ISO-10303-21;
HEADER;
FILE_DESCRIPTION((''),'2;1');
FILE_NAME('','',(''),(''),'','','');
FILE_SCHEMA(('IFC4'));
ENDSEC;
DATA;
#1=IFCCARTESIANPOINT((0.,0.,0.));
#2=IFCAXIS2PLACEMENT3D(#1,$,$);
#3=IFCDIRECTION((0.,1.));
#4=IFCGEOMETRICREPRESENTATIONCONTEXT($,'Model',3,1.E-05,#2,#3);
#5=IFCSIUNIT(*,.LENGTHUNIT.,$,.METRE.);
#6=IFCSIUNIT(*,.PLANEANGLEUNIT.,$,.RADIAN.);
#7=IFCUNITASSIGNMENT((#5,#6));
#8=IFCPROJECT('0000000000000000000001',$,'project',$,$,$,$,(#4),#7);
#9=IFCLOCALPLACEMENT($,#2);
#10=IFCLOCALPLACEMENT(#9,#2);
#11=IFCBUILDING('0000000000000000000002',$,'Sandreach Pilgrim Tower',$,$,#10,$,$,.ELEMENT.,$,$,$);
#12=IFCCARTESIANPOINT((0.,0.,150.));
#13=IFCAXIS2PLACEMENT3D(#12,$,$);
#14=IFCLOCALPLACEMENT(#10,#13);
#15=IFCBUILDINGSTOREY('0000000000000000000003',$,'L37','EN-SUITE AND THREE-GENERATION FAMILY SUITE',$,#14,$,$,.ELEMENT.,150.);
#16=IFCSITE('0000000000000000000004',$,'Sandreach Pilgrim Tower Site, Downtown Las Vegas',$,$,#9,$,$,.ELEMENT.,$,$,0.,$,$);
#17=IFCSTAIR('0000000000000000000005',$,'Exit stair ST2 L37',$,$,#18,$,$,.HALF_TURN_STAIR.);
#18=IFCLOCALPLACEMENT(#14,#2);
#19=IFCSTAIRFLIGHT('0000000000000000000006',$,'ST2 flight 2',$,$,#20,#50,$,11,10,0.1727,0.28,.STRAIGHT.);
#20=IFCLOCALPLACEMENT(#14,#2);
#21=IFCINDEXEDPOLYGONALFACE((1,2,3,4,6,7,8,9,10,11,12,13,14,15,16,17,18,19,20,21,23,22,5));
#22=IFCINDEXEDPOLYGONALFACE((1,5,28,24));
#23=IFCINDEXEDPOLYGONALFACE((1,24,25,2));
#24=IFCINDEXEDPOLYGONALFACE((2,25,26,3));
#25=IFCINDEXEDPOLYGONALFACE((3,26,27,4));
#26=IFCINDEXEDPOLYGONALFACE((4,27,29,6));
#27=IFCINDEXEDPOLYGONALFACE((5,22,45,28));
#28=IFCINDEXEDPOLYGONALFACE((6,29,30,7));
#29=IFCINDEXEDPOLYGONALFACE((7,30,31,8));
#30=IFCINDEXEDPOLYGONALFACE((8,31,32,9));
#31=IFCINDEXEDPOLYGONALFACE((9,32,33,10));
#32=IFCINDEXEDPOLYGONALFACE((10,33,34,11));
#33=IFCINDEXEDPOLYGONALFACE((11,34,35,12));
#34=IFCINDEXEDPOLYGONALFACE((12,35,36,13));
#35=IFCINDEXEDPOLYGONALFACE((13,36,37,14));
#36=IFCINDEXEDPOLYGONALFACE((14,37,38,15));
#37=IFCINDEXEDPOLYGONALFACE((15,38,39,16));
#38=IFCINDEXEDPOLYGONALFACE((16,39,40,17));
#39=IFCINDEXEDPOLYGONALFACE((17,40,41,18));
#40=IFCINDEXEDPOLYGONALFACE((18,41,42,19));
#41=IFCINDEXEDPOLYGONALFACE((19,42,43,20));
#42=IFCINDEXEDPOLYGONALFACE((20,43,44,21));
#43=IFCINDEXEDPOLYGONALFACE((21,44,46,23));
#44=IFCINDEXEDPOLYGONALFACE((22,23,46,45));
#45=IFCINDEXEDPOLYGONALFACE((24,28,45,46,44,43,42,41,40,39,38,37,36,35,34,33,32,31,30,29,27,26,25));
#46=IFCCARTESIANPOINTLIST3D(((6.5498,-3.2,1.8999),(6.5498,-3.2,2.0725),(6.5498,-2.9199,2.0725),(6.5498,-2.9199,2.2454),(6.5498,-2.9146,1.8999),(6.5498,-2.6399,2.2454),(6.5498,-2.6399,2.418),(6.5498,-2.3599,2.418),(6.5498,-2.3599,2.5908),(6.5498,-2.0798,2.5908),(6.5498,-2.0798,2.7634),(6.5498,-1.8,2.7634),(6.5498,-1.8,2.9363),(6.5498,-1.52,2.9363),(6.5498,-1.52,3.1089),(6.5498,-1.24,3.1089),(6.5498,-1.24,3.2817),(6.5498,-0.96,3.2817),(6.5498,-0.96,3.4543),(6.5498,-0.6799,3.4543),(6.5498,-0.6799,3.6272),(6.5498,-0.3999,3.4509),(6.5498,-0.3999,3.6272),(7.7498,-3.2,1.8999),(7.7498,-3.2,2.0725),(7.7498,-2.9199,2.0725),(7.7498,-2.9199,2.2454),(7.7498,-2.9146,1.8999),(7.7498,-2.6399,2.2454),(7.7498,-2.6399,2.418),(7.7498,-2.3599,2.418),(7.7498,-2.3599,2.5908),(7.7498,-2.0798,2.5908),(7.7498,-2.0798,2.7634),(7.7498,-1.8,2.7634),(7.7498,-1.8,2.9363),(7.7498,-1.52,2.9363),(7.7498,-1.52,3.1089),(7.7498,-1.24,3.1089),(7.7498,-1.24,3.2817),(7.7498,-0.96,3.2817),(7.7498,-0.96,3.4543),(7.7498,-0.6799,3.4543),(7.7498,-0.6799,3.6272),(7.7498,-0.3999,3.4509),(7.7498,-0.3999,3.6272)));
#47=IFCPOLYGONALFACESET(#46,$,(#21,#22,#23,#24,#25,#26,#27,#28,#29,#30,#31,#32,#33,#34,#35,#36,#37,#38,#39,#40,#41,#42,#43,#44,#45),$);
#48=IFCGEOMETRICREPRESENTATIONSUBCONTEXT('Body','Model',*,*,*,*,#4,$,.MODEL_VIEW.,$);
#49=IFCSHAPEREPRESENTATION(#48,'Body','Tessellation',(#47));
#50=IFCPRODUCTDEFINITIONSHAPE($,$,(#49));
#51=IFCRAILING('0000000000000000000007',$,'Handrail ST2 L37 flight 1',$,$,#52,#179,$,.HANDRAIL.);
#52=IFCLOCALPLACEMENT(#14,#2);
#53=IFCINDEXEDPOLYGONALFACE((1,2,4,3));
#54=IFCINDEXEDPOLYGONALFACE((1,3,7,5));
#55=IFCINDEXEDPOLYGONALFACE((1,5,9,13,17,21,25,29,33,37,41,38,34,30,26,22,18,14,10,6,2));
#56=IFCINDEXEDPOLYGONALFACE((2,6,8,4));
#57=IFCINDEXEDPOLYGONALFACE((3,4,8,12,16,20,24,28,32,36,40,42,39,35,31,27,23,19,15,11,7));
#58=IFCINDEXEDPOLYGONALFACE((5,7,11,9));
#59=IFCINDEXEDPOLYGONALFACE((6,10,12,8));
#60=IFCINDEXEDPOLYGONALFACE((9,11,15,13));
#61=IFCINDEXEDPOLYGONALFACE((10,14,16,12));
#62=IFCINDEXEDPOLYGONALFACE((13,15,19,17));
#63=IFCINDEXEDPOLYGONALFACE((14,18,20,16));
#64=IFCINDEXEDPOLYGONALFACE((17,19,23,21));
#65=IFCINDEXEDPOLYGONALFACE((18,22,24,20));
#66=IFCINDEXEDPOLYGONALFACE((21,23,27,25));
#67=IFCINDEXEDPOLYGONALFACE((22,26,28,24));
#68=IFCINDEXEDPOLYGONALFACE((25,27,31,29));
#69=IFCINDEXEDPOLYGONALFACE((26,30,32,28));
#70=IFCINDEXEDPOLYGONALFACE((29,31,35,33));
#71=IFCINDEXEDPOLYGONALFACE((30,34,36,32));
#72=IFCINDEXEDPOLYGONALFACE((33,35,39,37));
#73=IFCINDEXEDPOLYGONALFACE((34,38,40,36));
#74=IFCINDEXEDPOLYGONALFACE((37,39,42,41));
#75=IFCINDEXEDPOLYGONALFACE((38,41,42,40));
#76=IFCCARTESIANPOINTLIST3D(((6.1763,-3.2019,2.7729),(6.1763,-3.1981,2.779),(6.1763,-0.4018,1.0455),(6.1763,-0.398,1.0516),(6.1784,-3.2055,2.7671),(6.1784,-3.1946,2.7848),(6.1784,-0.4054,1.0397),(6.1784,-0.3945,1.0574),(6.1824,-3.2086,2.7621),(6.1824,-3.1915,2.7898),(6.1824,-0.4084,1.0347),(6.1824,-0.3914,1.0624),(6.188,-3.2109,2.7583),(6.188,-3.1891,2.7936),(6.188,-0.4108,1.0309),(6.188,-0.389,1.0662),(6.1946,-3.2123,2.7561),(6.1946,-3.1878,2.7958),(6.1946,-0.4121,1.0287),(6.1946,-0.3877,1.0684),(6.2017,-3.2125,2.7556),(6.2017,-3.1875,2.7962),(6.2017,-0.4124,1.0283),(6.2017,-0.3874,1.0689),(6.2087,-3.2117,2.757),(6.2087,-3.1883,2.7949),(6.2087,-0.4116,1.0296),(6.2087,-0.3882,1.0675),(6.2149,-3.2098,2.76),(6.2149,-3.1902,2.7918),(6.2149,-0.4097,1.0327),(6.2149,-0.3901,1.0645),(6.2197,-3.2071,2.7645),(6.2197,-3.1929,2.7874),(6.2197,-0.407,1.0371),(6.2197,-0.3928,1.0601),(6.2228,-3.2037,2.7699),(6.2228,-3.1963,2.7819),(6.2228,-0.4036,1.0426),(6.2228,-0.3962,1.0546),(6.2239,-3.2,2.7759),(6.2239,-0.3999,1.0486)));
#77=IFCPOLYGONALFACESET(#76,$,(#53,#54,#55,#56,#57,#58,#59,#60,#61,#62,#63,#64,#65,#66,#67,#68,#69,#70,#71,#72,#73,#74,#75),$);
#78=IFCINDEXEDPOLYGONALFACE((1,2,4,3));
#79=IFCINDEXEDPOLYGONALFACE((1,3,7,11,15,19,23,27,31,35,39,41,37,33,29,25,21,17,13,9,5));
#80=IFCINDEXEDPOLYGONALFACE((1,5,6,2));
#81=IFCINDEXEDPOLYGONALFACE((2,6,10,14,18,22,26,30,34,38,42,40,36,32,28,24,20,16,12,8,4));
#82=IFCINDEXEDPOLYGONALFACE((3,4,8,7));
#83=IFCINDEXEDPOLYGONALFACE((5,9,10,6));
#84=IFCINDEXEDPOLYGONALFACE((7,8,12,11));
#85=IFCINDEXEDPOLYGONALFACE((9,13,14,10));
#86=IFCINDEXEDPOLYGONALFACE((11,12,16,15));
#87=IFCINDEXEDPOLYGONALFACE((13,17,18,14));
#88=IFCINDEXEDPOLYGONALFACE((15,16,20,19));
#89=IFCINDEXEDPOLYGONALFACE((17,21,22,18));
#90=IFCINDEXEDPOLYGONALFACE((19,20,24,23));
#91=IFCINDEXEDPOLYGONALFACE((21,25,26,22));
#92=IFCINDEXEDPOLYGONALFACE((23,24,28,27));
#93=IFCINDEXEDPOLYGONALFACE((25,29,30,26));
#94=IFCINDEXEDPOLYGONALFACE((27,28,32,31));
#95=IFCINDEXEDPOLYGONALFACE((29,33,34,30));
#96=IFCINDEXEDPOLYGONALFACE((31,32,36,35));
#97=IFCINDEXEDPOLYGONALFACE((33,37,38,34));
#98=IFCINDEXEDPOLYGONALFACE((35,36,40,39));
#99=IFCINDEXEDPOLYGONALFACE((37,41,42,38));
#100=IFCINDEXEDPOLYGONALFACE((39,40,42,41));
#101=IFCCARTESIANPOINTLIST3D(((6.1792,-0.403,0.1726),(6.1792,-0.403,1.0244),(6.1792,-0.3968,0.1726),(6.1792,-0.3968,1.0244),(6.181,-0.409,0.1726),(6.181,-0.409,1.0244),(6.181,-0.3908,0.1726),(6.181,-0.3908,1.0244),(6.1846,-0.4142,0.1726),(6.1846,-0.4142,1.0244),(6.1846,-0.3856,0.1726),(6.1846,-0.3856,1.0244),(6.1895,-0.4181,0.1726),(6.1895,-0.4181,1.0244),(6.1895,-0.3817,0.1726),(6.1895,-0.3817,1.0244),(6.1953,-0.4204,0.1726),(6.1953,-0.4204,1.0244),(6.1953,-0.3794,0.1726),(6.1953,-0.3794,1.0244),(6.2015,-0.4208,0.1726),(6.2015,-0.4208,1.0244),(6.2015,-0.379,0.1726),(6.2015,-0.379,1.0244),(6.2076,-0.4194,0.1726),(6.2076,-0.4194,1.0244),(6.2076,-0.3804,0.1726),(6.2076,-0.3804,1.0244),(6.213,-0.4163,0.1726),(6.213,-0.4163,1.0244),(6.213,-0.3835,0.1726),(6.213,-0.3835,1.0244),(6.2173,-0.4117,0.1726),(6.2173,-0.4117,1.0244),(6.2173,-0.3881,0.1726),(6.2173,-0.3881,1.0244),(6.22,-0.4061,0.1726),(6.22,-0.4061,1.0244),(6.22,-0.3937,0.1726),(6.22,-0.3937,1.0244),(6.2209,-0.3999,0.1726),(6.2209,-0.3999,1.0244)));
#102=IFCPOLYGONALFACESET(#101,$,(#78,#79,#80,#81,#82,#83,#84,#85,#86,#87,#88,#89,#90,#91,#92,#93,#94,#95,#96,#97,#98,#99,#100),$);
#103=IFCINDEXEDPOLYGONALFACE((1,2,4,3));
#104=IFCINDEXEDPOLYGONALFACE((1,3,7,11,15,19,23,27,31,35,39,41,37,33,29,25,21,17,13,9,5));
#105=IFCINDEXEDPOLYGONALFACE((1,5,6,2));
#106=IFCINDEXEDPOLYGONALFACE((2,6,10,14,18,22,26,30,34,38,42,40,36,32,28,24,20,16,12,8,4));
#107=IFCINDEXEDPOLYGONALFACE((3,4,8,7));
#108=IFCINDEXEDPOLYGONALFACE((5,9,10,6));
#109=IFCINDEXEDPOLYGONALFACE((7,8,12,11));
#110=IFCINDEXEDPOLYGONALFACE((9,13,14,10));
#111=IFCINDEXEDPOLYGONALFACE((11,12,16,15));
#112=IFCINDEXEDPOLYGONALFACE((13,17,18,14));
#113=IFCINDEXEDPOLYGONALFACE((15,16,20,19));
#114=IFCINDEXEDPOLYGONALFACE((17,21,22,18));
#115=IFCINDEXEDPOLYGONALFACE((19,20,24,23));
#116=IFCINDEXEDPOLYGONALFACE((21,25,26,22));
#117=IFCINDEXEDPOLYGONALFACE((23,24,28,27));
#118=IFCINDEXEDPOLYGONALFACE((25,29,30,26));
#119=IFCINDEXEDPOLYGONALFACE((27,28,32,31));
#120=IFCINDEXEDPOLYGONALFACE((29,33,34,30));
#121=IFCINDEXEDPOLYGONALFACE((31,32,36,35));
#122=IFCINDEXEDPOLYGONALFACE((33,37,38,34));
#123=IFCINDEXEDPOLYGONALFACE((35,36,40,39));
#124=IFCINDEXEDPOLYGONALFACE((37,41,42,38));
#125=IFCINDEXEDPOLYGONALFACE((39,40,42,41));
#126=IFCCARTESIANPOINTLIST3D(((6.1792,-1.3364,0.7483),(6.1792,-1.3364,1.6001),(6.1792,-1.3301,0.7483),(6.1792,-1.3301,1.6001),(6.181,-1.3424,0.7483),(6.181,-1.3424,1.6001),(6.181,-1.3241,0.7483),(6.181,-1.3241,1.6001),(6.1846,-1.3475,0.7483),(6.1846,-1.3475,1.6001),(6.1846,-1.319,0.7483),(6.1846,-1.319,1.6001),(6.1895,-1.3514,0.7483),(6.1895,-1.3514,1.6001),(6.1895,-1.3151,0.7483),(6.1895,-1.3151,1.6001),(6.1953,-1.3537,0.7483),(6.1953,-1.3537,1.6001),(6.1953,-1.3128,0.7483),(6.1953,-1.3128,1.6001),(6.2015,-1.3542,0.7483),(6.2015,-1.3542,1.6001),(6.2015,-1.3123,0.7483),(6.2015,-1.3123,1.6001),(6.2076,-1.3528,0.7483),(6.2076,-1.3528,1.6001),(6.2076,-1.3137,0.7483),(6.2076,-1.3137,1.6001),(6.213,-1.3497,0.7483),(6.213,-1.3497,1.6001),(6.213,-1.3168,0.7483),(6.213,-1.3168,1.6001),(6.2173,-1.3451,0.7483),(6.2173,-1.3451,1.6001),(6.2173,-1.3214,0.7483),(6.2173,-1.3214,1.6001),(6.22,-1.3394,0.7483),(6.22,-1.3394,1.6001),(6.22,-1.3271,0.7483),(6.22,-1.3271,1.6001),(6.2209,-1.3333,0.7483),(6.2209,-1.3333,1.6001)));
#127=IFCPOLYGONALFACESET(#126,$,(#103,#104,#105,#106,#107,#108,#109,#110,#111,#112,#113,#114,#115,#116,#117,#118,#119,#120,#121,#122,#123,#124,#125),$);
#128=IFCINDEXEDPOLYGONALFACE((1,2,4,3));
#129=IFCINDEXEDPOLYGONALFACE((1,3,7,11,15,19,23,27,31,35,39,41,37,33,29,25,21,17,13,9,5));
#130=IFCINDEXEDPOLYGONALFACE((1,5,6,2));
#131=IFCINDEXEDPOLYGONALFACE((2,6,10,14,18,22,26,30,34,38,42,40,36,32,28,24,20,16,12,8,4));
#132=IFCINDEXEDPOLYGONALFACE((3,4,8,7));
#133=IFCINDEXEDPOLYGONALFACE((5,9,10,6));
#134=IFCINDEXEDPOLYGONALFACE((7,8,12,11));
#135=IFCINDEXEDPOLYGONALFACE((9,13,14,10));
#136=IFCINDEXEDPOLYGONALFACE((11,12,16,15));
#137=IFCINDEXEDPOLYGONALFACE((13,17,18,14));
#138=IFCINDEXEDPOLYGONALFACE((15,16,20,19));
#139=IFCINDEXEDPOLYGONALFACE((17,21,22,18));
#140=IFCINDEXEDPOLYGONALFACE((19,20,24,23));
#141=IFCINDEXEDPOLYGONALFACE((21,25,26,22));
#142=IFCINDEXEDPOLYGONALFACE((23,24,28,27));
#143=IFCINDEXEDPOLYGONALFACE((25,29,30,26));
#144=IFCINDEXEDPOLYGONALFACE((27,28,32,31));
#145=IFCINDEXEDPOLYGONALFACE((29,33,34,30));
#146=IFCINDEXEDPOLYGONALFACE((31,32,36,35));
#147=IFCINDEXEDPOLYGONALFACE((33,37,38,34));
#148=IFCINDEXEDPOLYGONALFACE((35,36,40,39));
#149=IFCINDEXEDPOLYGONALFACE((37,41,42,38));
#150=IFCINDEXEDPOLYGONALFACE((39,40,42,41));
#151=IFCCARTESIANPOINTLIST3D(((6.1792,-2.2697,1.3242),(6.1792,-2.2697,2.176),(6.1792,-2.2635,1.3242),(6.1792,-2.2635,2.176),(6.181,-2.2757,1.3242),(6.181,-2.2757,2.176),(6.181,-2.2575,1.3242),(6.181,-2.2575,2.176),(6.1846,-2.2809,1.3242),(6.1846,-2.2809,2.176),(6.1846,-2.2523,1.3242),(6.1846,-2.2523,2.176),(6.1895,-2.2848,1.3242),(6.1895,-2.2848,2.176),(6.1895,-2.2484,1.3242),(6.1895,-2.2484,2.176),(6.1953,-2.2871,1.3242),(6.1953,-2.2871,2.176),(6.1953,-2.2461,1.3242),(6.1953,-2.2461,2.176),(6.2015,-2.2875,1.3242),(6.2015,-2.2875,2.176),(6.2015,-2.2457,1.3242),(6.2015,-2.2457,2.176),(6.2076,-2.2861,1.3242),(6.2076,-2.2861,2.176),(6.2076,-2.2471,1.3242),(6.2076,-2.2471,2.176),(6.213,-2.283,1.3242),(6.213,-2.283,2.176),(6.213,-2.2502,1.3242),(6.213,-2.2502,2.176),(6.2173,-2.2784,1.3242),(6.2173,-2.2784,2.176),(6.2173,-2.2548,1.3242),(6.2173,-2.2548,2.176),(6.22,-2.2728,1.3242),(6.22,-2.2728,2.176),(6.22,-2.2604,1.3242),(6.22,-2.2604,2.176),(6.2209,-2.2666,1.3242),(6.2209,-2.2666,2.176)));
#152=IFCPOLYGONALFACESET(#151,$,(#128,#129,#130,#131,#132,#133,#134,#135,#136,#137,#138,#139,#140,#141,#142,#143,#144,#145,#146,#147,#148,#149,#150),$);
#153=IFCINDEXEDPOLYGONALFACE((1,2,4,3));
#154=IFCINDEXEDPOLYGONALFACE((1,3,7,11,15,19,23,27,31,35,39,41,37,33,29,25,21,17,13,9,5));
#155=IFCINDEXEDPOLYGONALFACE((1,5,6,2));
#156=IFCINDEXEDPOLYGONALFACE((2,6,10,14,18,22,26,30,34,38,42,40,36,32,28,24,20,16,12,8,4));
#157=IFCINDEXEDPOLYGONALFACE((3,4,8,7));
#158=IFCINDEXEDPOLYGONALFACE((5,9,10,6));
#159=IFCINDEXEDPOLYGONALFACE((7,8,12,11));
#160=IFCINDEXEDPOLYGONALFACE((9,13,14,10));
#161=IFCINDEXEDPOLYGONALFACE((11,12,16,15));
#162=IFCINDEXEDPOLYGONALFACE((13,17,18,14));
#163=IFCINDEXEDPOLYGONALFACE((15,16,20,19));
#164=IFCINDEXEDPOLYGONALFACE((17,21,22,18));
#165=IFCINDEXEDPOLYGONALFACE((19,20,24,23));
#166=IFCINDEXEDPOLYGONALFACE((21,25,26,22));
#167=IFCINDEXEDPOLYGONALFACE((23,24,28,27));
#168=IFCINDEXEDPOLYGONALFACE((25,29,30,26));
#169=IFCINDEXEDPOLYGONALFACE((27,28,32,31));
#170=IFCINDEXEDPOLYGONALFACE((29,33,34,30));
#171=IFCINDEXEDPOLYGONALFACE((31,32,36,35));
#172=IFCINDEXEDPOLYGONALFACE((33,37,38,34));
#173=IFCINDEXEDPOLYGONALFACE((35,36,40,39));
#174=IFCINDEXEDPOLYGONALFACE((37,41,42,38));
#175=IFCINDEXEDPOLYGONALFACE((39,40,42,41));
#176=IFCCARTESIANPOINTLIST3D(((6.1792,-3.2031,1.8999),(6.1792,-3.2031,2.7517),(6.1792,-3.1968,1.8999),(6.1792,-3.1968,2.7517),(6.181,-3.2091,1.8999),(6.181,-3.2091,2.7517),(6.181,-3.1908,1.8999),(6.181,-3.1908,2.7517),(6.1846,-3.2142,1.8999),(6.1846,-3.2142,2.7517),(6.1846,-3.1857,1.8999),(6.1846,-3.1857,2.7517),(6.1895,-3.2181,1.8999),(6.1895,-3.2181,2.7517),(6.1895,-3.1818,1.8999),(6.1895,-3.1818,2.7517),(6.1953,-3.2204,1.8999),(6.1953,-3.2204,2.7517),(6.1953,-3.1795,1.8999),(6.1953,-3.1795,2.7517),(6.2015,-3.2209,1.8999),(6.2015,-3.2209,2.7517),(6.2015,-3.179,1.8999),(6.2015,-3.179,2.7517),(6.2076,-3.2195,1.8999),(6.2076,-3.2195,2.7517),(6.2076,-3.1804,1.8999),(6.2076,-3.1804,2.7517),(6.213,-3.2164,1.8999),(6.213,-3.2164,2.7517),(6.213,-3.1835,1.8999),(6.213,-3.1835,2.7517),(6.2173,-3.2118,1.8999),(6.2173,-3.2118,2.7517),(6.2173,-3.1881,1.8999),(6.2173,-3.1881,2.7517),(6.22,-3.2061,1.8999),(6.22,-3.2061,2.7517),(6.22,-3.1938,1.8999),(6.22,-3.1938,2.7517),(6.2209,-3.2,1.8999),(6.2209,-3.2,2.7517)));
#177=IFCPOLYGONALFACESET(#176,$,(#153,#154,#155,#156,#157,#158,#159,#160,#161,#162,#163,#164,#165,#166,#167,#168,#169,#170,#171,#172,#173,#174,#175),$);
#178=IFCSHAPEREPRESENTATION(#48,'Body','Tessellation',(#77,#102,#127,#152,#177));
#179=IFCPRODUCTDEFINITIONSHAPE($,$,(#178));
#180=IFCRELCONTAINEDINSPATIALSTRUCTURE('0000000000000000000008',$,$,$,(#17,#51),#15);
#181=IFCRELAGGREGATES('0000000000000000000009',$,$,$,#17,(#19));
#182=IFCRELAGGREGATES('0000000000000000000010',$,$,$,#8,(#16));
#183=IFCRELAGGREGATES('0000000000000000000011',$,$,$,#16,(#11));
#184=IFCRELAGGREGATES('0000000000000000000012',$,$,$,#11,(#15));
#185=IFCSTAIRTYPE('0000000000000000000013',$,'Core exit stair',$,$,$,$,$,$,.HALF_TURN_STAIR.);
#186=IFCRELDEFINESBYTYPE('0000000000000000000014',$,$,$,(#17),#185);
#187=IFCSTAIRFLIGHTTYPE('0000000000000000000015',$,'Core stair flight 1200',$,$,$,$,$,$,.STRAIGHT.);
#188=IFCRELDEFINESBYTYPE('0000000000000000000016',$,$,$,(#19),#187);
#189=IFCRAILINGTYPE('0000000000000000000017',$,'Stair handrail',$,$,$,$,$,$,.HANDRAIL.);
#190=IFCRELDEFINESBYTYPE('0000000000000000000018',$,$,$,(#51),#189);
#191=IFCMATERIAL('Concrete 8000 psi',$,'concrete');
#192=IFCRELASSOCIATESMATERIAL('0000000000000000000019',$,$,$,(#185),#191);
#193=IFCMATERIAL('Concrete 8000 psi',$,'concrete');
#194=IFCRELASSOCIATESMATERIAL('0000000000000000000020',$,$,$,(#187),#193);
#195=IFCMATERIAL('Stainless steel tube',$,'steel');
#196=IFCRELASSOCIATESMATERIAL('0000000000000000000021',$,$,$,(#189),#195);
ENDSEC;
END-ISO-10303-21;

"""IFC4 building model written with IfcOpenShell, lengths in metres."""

from ifc_helpers import new_model, si_unit, direction, frame, origin, origin_2d, place, context, subcontext, project, spatial, polyline, circle, outline, extrude, material, type_object, element, aggregate, save


model = new_model("IFC4")

# Units and contexts
model_context = context("Model", 3, precision=1e-05, world=origin(), true_north=direction((0.0, 1.0)))
body_context = subcontext(model_context, "Body", "Model", "MODEL_VIEW")
ifc_project = project(units=[si_unit("LENGTHUNIT", "METRE"), si_unit("PLANEANGLEUNIT", "RADIAN")], contexts=[model_context])

# Site, building, storey
site_placement = place(None, origin())
site = spatial("IfcSite", under=ifc_project, at=site_placement, Name="Sandreach Pilgrim Tower Site, Downtown Las Vegas", CompositionType="ELEMENT", RefElevation=0.0)
building_placement = place(site_placement, origin())
building = spatial("IfcBuilding", under=site, at=building_placement, Name="Sandreach Pilgrim Tower", CompositionType="ELEMENT")
storey_placement = place(building_placement, frame((0.0, 0.0, 150.0)))
storey = spatial("IfcBuildingStorey", under=building, at=storey_placement, Name="L37", Description="EN-SUITE AND THREE-GENERATION FAMILY SUITE", CompositionType="ELEMENT", Elevation=150.0)

# Stair, stair flight
ifc_material_1 = material(Name="Concrete 8000 psi", Category="concrete")
stair_type = type_object("IfcStairType", Name="Core exit stair", PredefinedType="HALF_TURN_STAIR", material=ifc_material_1)
stair_placement = place(storey_placement, origin())
stair = element("IfcStair", 1, at=stair_placement, inside=storey, type_object=stair_type, Name="Exit stair ST2 L37", PredefinedType="HALF_TURN_STAIR")
ifc_material_2 = material(Name="Concrete 8000 psi", Category="concrete")
stair_flight_type = type_object("IfcStairFlightType", Name="Core stair flight 1200", PredefinedType="STRAIGHT", material=ifc_material_2)
stair_flight_1_placement = place(storey_placement, frame((7.1499, -3.2, 1.8999), z_axis=(0.0, 0.0, 1.0), x_axis=(0.0, 1.0, 0.0)))
stair_flight_1 = element("IfcStairFlight", 2, at=stair_flight_1_placement, type_object=stair_flight_type, Name="ST2 flight 2", NumberOfRisers=11, NumberOfTreads=10, PredefinedType="STRAIGHT", RiserHeight=0.1727, TreadLength=0.28, context=body_context, shape_type="SweptSolid", body=[
    extrude(outline(polyline([(0.0, 0.0), (0.0, 0.1726), (0.28, 0.1726), (0.28, 0.3455), (0.5601, 0.3455), (0.5601, 0.5181), (0.8401, 0.5181), (0.8401, 0.6909), (1.1201, 0.6909), (1.1201, 0.8635), (1.3999, 0.8635), (1.3999, 1.0364), (1.6799, 1.0364), (1.6799, 1.209), (1.96, 1.209), (1.96, 1.3818), (2.24, 1.3818), (2.24, 1.5544), (2.52, 1.5544), (2.52, 1.7273), (2.8, 1.7273), (2.8, 1.8999), (2.8, 1.551), (0.2854, 0.0), (0.0, 0.0)])), frame((0.0, 0.6001, 0.0), z_axis=(0.0, -1.0, 0.0), x_axis=(1.0, 0.0, 0.0)), (0.0, 0.0, 1.0), 1.2),
])
aggregate(stair, [stair_flight_1])

# Railing
ifc_material_3 = material(Name="Stainless steel tube", Category="steel")
railing_type = type_object("IfcRailingType", Name="Stair handrail", PredefinedType="HANDRAIL", material=ifc_material_3)
railing_placement = place(storey_placement, frame((6.2, -0.3999, 0.1726)))
element("IfcRailing", 3, at=railing_placement, inside=storey, type_object=railing_type, Name="Handrail ST2 L37 flight 1", PredefinedType="HANDRAIL", context=body_context, shape_type="SweptSolid", body=[
    extrude(circle(Radius=0.0239, at=origin_2d()), frame((0.0, 0.0, 0.876), z_axis=(0.0, -0.85109, 0.52502), x_axis=(1.0, 0.0, 0.0)), (0.0, 0.0, 1.0), 3.29),
    extrude(circle(Radius=0.021, at=origin_2d()), origin(), (0.0, 0.0, 1.0), 0.8518),
    extrude(circle(Radius=0.021, at=origin_2d()), frame((0.0, -0.9333, 0.5757)), (0.0, 0.0, 1.0), 0.8518),
    extrude(circle(Radius=0.021, at=origin_2d()), frame((0.0, -1.8667, 1.1516)), (0.0, 0.0, 1.0), 0.8518),
    extrude(circle(Radius=0.021, at=origin_2d()), frame((0.0, -2.8, 1.7273)), (0.0, 0.0, 1.0), 0.8518),
])

save(model, "model.ifc")
